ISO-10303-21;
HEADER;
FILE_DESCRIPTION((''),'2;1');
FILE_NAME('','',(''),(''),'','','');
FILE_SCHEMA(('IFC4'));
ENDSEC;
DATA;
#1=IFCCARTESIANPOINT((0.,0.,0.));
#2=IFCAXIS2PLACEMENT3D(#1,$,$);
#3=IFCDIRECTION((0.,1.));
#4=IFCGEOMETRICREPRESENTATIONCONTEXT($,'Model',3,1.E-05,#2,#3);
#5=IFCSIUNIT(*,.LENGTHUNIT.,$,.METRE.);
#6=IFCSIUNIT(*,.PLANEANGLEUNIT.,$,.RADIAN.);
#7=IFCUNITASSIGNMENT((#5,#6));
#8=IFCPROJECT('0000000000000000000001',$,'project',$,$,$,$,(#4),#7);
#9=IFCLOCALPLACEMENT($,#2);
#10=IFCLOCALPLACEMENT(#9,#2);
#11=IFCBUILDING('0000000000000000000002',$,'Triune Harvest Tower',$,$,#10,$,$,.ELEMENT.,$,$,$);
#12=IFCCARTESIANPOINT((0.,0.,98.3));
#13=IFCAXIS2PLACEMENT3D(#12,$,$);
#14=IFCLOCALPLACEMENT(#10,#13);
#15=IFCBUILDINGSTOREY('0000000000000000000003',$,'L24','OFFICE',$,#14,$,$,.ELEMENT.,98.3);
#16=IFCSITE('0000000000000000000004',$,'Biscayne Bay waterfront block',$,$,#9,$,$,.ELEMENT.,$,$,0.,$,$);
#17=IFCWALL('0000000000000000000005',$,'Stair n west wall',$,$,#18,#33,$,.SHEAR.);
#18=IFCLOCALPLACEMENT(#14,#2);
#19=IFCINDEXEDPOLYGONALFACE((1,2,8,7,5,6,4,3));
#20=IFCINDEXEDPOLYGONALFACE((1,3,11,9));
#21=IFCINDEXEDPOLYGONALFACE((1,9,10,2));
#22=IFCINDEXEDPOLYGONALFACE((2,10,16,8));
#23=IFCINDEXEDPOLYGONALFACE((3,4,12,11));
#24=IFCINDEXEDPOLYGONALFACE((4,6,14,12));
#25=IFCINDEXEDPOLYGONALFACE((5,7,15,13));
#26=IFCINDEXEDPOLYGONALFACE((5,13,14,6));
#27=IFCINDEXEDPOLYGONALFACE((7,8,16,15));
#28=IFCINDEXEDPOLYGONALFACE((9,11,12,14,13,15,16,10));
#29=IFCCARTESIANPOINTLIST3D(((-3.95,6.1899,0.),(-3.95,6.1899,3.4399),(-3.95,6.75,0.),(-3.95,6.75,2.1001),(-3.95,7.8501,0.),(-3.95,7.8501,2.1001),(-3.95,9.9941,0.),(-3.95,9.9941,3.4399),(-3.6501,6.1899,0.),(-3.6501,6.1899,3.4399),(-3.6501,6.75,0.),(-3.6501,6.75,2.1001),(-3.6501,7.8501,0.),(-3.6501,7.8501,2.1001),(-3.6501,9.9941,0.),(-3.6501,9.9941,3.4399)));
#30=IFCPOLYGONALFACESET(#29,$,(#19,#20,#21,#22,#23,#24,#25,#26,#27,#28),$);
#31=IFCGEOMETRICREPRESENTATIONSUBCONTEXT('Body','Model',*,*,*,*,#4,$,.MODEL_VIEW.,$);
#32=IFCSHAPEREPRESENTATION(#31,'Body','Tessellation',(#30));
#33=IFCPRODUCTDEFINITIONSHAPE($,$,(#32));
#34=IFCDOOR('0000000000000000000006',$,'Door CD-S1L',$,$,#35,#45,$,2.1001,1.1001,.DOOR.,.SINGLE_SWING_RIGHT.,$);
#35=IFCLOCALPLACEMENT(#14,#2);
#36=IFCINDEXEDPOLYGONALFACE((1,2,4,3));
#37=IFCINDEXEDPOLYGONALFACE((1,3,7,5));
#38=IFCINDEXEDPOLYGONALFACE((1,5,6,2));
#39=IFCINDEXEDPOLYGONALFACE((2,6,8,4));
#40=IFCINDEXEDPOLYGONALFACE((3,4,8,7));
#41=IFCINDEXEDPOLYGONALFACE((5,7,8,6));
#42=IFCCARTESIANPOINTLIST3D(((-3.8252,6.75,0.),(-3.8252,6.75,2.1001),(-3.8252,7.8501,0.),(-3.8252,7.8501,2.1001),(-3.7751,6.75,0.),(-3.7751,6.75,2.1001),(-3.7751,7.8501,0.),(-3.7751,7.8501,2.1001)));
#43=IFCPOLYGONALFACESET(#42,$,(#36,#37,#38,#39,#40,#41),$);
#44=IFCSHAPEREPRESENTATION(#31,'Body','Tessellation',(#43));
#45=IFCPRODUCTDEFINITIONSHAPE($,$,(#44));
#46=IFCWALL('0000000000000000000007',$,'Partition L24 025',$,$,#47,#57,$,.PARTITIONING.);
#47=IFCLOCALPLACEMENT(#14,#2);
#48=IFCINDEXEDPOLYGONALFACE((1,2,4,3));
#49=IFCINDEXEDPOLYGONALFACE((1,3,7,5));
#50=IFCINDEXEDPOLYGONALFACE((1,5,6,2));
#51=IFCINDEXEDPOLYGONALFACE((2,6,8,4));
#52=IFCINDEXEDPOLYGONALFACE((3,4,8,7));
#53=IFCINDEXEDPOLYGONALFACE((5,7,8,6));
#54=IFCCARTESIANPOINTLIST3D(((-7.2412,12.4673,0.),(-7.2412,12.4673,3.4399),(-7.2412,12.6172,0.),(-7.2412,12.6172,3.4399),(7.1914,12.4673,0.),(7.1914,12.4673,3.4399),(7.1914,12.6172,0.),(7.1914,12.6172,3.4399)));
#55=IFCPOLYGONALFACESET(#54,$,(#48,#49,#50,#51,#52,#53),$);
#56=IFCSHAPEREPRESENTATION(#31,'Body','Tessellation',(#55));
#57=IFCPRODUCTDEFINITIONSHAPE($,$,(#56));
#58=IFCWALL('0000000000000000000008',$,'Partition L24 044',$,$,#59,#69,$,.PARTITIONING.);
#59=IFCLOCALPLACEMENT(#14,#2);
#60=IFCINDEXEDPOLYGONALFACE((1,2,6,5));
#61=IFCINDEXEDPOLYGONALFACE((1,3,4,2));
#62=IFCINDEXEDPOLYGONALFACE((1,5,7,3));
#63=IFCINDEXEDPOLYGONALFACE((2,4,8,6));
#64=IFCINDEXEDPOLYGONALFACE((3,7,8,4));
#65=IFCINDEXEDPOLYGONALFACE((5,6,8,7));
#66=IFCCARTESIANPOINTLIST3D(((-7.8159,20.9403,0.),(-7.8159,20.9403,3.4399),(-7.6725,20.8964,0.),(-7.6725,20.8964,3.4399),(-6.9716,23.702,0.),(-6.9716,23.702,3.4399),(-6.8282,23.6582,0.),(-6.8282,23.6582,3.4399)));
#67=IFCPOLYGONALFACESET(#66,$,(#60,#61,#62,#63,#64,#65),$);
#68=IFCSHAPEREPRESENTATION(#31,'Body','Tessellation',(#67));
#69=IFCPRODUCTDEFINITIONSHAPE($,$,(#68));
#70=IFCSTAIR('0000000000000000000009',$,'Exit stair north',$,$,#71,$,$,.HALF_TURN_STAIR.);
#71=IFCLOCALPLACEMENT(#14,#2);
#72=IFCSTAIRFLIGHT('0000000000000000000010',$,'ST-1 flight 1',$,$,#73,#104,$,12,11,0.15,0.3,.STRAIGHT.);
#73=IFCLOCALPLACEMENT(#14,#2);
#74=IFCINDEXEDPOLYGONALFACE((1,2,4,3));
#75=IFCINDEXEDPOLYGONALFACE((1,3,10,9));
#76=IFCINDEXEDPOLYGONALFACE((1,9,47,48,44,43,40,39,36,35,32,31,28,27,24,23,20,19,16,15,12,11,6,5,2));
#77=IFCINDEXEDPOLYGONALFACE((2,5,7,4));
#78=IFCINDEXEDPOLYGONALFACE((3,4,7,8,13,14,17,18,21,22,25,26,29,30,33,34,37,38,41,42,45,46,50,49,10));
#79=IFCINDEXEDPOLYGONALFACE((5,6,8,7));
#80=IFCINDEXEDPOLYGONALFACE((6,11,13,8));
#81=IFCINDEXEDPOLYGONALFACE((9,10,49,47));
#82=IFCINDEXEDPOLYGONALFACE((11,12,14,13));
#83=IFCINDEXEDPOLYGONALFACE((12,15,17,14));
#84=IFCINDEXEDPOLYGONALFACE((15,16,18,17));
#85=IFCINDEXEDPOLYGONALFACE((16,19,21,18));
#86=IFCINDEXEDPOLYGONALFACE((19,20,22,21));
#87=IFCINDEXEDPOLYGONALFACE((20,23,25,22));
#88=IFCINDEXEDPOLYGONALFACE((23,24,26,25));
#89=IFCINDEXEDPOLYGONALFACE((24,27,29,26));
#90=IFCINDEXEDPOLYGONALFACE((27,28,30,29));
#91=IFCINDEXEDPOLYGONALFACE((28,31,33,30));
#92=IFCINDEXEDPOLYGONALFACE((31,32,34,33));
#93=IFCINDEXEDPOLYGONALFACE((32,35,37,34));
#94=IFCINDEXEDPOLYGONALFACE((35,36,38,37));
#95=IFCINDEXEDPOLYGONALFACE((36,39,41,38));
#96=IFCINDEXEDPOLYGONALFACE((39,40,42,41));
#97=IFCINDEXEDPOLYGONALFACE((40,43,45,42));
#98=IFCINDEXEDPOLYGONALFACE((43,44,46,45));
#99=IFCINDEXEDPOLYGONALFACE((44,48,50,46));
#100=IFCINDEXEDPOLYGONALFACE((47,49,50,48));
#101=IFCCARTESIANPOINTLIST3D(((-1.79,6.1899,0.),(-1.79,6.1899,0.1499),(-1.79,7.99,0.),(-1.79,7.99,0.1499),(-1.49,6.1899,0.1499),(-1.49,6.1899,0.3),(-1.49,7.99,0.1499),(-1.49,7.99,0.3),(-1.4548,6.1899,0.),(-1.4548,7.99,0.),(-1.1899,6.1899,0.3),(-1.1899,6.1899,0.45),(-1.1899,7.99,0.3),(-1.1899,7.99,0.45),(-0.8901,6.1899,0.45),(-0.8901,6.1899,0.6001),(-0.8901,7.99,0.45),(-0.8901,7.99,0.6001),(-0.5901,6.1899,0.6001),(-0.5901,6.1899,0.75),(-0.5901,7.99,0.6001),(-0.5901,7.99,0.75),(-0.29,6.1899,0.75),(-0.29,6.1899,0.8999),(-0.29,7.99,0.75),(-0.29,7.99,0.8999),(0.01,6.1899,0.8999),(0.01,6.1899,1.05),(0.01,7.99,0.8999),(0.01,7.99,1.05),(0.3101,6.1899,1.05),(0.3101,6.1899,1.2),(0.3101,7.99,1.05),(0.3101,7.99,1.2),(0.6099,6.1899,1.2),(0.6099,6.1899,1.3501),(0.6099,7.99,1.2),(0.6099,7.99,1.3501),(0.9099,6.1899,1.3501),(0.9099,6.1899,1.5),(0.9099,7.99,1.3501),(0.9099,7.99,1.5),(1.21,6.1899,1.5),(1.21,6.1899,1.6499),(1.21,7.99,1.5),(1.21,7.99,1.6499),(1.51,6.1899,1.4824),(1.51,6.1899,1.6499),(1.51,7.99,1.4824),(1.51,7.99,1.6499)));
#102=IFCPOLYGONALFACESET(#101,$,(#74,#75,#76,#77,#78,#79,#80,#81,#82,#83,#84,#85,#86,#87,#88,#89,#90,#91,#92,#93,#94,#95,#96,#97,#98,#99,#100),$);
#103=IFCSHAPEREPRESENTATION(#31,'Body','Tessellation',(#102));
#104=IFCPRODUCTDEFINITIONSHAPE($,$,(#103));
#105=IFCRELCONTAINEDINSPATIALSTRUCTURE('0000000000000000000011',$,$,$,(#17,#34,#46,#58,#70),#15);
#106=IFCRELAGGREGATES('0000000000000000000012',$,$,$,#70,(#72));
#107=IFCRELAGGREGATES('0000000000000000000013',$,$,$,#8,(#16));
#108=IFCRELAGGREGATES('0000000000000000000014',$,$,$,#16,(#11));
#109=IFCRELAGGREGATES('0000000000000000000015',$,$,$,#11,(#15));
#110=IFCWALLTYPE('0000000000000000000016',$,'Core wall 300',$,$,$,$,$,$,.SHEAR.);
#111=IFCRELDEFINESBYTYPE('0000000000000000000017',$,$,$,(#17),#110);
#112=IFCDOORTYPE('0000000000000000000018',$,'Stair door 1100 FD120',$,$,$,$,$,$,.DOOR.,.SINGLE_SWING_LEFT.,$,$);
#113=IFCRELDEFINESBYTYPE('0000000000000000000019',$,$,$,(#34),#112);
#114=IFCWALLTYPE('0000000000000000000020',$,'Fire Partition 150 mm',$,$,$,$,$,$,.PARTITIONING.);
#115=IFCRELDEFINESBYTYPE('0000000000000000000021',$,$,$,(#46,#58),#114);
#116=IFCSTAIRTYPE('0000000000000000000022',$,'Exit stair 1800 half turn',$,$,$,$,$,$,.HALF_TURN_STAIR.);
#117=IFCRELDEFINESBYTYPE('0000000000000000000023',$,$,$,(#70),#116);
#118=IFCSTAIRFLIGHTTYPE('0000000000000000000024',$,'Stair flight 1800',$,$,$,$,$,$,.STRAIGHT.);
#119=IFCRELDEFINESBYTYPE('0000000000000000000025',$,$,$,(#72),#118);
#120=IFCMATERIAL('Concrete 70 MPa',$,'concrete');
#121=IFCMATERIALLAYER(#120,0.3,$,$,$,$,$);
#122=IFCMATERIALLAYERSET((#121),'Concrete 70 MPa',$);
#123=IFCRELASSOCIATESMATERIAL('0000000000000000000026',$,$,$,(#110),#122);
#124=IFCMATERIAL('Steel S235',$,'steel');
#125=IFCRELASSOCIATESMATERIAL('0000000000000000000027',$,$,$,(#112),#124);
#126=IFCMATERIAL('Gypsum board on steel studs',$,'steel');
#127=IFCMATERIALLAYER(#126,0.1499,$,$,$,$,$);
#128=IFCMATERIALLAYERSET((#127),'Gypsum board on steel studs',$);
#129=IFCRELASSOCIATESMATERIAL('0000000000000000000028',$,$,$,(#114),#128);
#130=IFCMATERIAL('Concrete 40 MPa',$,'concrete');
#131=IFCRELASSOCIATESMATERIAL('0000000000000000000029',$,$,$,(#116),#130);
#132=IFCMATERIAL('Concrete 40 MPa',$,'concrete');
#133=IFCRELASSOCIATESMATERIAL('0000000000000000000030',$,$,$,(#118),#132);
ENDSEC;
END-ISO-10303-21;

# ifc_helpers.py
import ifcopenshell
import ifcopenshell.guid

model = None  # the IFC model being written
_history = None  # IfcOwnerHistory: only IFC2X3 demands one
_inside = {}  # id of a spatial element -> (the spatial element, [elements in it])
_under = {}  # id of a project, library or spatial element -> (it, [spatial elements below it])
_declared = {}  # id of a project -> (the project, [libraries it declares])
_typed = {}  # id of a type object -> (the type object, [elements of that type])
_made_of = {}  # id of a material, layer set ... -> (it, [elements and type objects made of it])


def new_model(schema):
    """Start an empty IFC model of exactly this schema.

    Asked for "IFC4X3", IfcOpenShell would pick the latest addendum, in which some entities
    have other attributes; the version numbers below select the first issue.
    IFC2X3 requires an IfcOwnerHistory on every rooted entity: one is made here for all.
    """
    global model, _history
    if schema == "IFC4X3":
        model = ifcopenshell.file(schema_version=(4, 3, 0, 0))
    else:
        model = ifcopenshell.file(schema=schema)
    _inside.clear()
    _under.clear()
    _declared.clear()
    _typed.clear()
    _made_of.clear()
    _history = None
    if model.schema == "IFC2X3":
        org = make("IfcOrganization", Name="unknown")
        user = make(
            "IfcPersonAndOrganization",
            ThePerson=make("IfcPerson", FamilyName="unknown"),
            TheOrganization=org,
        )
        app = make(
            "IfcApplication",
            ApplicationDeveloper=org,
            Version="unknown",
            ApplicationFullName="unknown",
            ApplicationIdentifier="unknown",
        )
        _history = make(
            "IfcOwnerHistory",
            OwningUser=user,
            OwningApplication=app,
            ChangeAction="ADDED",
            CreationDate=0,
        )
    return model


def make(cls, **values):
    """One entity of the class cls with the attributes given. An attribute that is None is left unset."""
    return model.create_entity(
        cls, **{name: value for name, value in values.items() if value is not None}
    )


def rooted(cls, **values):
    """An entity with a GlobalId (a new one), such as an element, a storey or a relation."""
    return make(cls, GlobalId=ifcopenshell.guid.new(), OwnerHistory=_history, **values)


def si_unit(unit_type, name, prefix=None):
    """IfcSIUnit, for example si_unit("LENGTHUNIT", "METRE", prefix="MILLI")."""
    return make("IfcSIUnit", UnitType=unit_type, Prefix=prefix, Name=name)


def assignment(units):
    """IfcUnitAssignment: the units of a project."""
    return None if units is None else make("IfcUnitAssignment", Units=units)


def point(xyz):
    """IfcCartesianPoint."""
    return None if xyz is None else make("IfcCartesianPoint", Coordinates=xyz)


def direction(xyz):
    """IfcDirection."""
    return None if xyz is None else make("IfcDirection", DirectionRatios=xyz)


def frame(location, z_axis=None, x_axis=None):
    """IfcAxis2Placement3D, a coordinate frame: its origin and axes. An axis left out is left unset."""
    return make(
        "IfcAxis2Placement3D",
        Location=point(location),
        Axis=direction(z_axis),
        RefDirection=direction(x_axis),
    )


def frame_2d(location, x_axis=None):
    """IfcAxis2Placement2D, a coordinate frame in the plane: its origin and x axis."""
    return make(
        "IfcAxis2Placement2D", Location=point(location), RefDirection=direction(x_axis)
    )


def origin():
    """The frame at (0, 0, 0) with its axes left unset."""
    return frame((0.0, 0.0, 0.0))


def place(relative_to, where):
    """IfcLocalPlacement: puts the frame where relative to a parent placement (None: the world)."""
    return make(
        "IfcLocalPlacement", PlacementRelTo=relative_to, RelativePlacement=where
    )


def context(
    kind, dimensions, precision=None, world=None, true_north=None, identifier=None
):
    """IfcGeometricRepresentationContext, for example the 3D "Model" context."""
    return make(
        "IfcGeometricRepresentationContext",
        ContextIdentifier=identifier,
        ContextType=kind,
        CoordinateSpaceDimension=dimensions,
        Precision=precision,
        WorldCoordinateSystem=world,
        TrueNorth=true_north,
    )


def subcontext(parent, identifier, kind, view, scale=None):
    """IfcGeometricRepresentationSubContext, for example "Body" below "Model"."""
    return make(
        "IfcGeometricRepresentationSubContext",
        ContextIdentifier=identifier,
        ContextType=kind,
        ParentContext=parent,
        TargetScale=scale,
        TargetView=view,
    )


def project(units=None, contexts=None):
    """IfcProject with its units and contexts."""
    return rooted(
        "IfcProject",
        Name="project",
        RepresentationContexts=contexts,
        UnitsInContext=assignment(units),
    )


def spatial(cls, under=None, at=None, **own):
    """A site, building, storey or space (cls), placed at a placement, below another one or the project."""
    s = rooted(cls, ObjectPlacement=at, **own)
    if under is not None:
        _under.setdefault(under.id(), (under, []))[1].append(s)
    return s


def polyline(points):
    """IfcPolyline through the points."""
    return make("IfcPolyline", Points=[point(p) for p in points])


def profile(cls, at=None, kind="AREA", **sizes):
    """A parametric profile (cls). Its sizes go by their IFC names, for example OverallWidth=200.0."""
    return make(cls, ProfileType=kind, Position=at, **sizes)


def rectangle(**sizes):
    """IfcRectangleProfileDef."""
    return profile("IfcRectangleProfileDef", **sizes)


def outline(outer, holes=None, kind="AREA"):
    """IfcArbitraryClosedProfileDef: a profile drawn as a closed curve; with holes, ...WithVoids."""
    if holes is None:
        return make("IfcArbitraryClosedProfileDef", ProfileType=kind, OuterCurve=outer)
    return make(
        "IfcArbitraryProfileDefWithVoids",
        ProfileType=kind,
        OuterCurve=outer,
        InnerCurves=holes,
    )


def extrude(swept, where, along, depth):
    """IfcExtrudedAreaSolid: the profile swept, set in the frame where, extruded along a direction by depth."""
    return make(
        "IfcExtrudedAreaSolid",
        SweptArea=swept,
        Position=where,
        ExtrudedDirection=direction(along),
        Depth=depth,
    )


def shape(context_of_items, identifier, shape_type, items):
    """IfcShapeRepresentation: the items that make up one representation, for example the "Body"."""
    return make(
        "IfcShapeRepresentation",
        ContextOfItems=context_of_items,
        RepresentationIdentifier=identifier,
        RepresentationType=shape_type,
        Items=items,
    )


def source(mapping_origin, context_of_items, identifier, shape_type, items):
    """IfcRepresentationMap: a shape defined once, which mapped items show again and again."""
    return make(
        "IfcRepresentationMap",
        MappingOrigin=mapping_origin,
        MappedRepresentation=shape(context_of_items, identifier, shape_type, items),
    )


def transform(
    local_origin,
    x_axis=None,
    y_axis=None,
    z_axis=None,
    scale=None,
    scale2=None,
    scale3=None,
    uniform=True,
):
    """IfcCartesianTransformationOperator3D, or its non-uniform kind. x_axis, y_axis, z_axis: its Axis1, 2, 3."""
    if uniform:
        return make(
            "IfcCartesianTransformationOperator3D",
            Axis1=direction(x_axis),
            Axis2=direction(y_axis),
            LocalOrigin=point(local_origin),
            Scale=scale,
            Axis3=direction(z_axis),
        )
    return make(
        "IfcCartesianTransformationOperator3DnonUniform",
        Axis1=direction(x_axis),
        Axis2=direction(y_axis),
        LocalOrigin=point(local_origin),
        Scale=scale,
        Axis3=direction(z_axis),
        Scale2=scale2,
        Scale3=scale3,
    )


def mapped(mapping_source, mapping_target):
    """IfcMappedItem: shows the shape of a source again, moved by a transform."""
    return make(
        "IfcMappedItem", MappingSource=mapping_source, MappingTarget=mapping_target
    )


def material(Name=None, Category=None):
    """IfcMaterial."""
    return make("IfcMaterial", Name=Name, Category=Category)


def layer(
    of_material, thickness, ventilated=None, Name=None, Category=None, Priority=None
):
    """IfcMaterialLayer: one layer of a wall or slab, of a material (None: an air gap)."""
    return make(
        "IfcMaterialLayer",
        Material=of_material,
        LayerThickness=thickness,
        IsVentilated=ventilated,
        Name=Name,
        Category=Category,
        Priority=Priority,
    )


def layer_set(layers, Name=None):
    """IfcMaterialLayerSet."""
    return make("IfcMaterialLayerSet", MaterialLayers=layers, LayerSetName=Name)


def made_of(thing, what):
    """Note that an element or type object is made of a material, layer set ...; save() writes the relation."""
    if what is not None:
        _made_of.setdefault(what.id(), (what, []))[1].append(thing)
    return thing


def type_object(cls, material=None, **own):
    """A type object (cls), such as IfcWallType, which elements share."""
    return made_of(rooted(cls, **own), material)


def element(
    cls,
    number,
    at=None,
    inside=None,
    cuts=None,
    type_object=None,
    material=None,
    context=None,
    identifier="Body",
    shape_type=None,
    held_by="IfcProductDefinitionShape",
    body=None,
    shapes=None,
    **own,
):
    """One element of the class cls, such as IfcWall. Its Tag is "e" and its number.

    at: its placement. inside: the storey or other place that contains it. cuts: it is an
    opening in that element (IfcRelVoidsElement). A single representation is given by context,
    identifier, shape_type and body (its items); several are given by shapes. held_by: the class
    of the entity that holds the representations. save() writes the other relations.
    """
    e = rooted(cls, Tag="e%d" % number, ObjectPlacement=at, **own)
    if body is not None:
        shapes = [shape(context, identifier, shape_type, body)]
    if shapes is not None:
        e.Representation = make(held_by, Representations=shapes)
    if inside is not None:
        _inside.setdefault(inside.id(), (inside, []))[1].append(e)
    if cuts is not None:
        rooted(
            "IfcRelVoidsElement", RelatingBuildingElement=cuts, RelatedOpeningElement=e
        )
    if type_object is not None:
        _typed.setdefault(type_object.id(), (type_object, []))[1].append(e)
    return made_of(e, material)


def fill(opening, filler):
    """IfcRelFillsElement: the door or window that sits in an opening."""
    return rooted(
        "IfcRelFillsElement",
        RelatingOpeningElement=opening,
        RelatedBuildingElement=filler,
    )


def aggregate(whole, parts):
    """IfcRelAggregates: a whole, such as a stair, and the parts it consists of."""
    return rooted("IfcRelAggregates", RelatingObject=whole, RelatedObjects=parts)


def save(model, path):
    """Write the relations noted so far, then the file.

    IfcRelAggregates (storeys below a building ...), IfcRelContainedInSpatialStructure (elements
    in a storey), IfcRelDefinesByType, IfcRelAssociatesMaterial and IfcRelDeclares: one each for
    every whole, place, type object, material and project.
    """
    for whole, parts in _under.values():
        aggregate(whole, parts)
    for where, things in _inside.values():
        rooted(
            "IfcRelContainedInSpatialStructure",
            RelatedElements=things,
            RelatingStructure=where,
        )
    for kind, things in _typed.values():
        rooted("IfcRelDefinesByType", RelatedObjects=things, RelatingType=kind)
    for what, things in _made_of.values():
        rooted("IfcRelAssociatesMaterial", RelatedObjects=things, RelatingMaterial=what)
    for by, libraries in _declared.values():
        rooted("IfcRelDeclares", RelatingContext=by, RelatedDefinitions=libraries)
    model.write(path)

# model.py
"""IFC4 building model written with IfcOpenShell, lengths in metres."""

from ifc_helpers import new_model, si_unit, direction, frame, frame_2d, origin, place, context, subcontext, project, spatial, polyline, rectangle, outline, extrude, source, transform, mapped, material, layer, layer_set, type_object, element, fill, aggregate, save


model = new_model("IFC4")

# Units and contexts
model_context = context("Model", 3, precision=1e-05, world=origin(), true_north=direction((0.0, 1.0)))
body_context = subcontext(model_context, "Body", "Model", "MODEL_VIEW")
ifc_project = project(units=[si_unit("LENGTHUNIT", "METRE"), si_unit("PLANEANGLEUNIT", "RADIAN")], contexts=[model_context])

# Site, building, storey
site_placement = place(None, origin())
site = spatial("IfcSite", under=ifc_project, at=site_placement, Name="Biscayne Bay waterfront block", CompositionType="ELEMENT", RefElevation=0.0)
building_placement = place(site_placement, origin())
building = spatial("IfcBuilding", under=site, at=building_placement, Name="Triune Harvest Tower", CompositionType="ELEMENT")
storey_placement = place(building_placement, frame((0.0, 0.0, 98.3)))
storey = spatial("IfcBuildingStorey", under=building, at=storey_placement, Name="L24", Description="OFFICE", CompositionType="ELEMENT", Elevation=98.3)

# Shared definitions
ifc_material_1 = material(Name="Concrete 70 MPa", Category="concrete")
ifc_layer_1 = layer(ifc_material_1, 0.3)
ifc_layer_set_1 = layer_set([ifc_layer_1], Name="Concrete 70 MPa")
wall_type_1 = type_object("IfcWallType", Name="Core wall 300", PredefinedType="SHEAR", material=ifc_layer_set_1)

# Wall, opening, door
shared_shape_1 = source(origin(), body_context, "Body", "SweptSolid", [
    extrude(outline(polyline([(0.0, -0.1499), (0.0, 0.1499), (3.8042, 0.1499), (3.8042, -0.1499), (0.0, -0.1499)])), origin(), (0.0, 0.0, 1.0), 3.4399),
])
wall_1_placement = place(storey_placement, frame((-3.8, 6.1899, 0.0), z_axis=(0.0, 0.0, 1.0), x_axis=(0.0, 1.0, 0.0)))
wall_1 = element("IfcWall", 1, at=wall_1_placement, inside=storey, type_object=wall_type_1, Name="Stair n west wall", PredefinedType="SHEAR", context=body_context, shape_type="MappedRepresentation", body=[
    mapped(shared_shape_1, transform((0.0, 0.0, 0.0), scale=1.0)),
])
opening_1_placement = place(wall_1_placement, frame((0.5601, 0.0, 0.0)))
opening_1 = element("IfcOpeningElement", 2, at=opening_1_placement, cuts=wall_1, PredefinedType="OPENING", context=body_context, shape_type="SweptSolid", body=[
    extrude(rectangle(XDim=1.1001, YDim=2.1001, at=frame_2d((0.55, 1.05))), frame((0.0, 0.1602, 0.0), z_axis=(0.0, -1.0, 0.0), x_axis=(1.0, 0.0, 0.0)), (0.0, 0.0, 1.0), 0.3201),
])
ifc_material_2 = material(Name="Steel S235", Category="steel")
door_type_1 = type_object("IfcDoorType", Name="Stair door 1100 FD120", OperationType="SINGLE_SWING_LEFT", PredefinedType="DOOR", material=ifc_material_2)
door_1_placement = place(opening_1_placement, frame((1.1001, 0.0, 0.0), z_axis=(0.0, 0.0, 1.0), x_axis=(-1.0, 0.0, 0.0)))
door_1 = element("IfcDoor", 3, at=door_1_placement, inside=storey, type_object=door_type_1, Name="Door CD-S1L", OperationType="SINGLE_SWING_RIGHT", OverallHeight=2.1001, OverallWidth=1.1001, PredefinedType="DOOR", context=body_context, shape_type="SweptSolid", body=[
    extrude(rectangle(XDim=1.1001, YDim=2.1001, at=frame_2d((0.55, 1.05))), frame((0.0, 0.0249, 0.0), z_axis=(0.0, -1.0, 0.0), x_axis=(1.0, 0.0, 0.0)), (0.0, 0.0, 1.0), 0.05),
])
fill(opening_1, door_1)

# Walls
ifc_material_3 = material(Name="Gypsum board on steel studs", Category="steel")
ifc_layer_2 = layer(ifc_material_3, 0.1499)
ifc_layer_set_2 = layer_set([ifc_layer_2], Name="Gypsum board on steel studs")
wall_type_2 = type_object("IfcWallType", Name="Fire Partition 150 mm", PredefinedType="PARTITIONING", material=ifc_layer_set_2)
shared_shape_2 = source(origin(), body_context, "Body", "SweptSolid", [
    extrude(rectangle(XDim=14.4326, YDim=0.1499, at=frame_2d((7.2163, 0.0))), origin(), (0.0, 0.0, 1.0), 3.4399),
])
wall_2_placement = place(storey_placement, frame((-7.2412, 12.5422, 0.0), z_axis=(0.0, 0.0, 1.0), x_axis=(1.0, 0.0, 0.0)))
element("IfcWall", 4, at=wall_2_placement, inside=storey, type_object=wall_type_2, Name="Partition L24 025", PredefinedType="PARTITIONING", context=body_context, shape_type="MappedRepresentation", body=[
    mapped(shared_shape_2, transform((0.0, 0.0, 0.0), scale=1.0)),
])
shared_shape_3 = source(origin(), body_context, "Body", "SweptSolid", [
    extrude(rectangle(XDim=2.8879, YDim=0.1499, at=frame_2d((1.4438, 0.0))), origin(), (0.0, 0.0, 1.0), 3.4399),
])
wall_3_placement = place(storey_placement, frame((-7.7441, 20.9185, 0.0), z_axis=(0.0, 0.0, 1.0), x_axis=(0.292339, 0.956315, 0.0)))
element("IfcWall", 5, at=wall_3_placement, inside=storey, type_object=wall_type_2, Name="Partition L24 044", PredefinedType="PARTITIONING", context=body_context, shape_type="MappedRepresentation", body=[
    mapped(shared_shape_3, transform((0.0, 0.0, 0.0), scale=1.0)),
])

# Stair, stair flight
ifc_material_4 = material(Name="Concrete 40 MPa", Category="concrete")
stair_type = type_object("IfcStairType", Name="Exit stair 1800 half turn", PredefinedType="HALF_TURN_STAIR", material=ifc_material_4)
stair_placement = place(storey_placement, origin())
stair = element("IfcStair", 6, at=stair_placement, inside=storey, type_object=stair_type, Name="Exit stair north", PredefinedType="HALF_TURN_STAIR")
ifc_material_5 = material(Name="Concrete 40 MPa", Category="concrete")
stair_flight_type = type_object("IfcStairFlightType", Name="Stair flight 1800", PredefinedType="STRAIGHT", material=ifc_material_5)
shared_shape_4 = source(origin(), body_context, "Body", "SweptSolid", [
    extrude(outline(polyline([(0.0, 0.0), (0.0, 0.1499), (0.3, 0.1499), (0.3, 0.3), (0.6001, 0.3), (0.6001, 0.45), (0.8999, 0.45), (0.8999, 0.6001), (1.2, 0.6001), (1.2, 0.75), (1.5, 0.75), (1.5, 0.8999), (1.8, 0.8999), (1.8, 1.05), (2.1001, 1.05), (2.1001, 1.2), (2.3999, 1.2), (2.3999, 1.3501), (2.7, 1.3501), (2.7, 1.5), (3.0, 1.5), (3.0, 1.6499), (3.3, 1.6499), (3.3, 1.8), (3.3, 1.4824), (0.3352, 0.0), (0.0, 0.0)])), frame((0.0, 0.8999, 0.0), z_axis=(0.0, -1.0, 0.0), x_axis=(1.0, 0.0, 0.0)), (0.0, 0.0, 1.0), 1.8),
])
stair_flight_placement = place(storey_placement, frame((-1.79, 7.0901, 0.0), z_axis=(0.0, 0.0, 1.0), x_axis=(1.0, 0.0, 0.0)))
stair_flight = element("IfcStairFlight", 7, at=stair_flight_placement, type_object=stair_flight_type, Name="ST-1 flight 1", NumberOfRisers=12, NumberOfTreads=11, PredefinedType="STRAIGHT", RiserHeight=0.15, TreadLength=0.3, context=body_context, shape_type="MappedRepresentation", body=[
    mapped(shared_shape_4, transform((0.0, 0.0, 0.0), scale=1.0)),
])
aggregate(stair, [stair_flight])

save(model, "model.ifc")
